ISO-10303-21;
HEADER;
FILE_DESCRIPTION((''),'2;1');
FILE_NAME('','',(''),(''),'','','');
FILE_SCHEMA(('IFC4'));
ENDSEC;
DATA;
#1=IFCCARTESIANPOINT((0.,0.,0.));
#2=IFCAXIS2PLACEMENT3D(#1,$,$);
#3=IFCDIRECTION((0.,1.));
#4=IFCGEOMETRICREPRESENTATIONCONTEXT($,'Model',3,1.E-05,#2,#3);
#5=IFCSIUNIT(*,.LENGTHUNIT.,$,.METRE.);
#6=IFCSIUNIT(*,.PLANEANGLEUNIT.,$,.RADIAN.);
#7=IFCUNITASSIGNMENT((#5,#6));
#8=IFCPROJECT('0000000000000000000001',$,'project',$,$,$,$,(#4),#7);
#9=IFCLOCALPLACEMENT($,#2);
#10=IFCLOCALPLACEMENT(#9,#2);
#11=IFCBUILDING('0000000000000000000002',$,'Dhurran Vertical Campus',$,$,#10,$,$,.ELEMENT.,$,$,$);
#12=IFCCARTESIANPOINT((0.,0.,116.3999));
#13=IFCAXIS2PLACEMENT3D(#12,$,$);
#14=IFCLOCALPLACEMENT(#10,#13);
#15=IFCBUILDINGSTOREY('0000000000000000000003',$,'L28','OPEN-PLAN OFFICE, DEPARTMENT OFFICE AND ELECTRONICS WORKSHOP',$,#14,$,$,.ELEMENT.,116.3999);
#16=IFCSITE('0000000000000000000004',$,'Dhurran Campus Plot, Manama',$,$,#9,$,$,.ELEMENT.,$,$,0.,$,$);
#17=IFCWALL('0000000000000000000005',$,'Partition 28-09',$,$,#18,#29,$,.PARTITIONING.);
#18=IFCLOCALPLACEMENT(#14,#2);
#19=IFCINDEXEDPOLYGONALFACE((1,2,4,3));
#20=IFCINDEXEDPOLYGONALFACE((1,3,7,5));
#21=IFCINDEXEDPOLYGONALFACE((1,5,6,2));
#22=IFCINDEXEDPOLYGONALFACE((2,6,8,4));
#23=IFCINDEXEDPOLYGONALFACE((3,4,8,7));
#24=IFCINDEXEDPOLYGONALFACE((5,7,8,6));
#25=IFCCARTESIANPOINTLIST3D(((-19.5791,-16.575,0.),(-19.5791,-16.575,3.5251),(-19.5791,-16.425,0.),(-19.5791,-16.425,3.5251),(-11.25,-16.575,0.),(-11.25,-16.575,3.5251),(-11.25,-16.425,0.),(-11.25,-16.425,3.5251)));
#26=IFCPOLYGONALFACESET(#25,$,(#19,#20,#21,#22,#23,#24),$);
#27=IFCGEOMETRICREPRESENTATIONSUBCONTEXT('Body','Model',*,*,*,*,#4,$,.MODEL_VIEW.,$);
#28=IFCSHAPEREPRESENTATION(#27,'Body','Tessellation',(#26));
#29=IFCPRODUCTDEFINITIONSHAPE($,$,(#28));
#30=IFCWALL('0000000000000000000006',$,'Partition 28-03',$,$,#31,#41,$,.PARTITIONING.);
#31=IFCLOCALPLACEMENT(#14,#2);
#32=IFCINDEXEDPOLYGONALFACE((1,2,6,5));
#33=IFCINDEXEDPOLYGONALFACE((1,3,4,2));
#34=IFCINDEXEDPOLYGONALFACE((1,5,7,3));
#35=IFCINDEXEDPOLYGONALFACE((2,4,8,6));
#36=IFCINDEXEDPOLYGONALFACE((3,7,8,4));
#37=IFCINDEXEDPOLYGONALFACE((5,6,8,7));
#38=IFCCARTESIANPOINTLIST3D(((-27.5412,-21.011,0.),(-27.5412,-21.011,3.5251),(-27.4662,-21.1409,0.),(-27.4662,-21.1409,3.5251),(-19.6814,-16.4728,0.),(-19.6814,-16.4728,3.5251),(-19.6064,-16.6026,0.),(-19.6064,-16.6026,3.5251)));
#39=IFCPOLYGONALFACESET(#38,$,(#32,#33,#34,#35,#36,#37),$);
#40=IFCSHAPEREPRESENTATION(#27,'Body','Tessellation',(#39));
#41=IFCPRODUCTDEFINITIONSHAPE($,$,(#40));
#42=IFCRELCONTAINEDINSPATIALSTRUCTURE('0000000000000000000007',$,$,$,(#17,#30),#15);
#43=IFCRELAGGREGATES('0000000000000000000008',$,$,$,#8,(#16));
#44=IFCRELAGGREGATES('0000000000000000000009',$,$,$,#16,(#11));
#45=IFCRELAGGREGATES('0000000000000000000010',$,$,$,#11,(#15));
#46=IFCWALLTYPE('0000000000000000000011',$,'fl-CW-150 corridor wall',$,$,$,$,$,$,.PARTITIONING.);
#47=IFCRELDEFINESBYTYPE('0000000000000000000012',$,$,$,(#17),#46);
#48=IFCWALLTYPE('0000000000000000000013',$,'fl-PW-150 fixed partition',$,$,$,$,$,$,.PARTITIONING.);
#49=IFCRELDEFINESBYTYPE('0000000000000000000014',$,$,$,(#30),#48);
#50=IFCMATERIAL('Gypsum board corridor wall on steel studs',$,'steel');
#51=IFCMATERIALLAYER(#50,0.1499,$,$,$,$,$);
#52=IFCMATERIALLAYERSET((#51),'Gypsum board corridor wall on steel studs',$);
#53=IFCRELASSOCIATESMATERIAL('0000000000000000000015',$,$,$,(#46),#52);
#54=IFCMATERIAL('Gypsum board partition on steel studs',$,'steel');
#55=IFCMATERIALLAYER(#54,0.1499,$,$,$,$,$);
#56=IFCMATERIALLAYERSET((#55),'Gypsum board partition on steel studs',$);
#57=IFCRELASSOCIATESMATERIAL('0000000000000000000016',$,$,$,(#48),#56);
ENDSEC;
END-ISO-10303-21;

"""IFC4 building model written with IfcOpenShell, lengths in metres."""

from ifc_helpers import new_model, si_unit, direction, frame, frame_2d, origin, place, context, subcontext, project, spatial, rectangle, extrude, material, layer, layer_set, type_object, element, save


model = new_model("IFC4")

# Units and contexts
model_context = context("Model", 3, precision=1e-05, world=origin(), true_north=direction((0.0, 1.0)))
body_context = subcontext(model_context, "Body", "Model", "MODEL_VIEW")
ifc_project = project(units=[si_unit("LENGTHUNIT", "METRE"), si_unit("PLANEANGLEUNIT", "RADIAN")], contexts=[model_context])

# Site, building, storey
site_placement = place(None, origin())
site = spatial("IfcSite", under=ifc_project, at=site_placement, Name="Dhurran Campus Plot, Manama", CompositionType="ELEMENT", RefElevation=0.0)
building_placement = place(site_placement, origin())
building = spatial("IfcBuilding", under=site, at=building_placement, Name="Dhurran Vertical Campus", CompositionType="ELEMENT")
storey_placement = place(building_placement, frame((0.0, 0.0, 116.3999)))
storey = spatial("IfcBuildingStorey", under=building, at=storey_placement, Name="L28", Description="OPEN-PLAN OFFICE, DEPARTMENT OFFICE AND ELECTRONICS WORKSHOP", CompositionType="ELEMENT", Elevation=116.3999)

# Walls
ifc_material_1 = material(Name="Gypsum board corridor wall on steel studs", Category="steel")
ifc_layer_1 = layer(ifc_material_1, 0.1499)
ifc_layer_set_1 = layer_set([ifc_layer_1], Name="Gypsum board corridor wall on steel studs")
wall_type_1 = type_object("IfcWallType", Name="fl-CW-150 corridor wall", PredefinedType="PARTITIONING", material=ifc_layer_set_1)
wall_1_placement = place(storey_placement, frame((-19.5791, -16.5, 0.0), z_axis=(0.0, 0.0, 1.0), x_axis=(1.0, 0.0, 0.0)))
element("IfcWall", 1, at=wall_1_placement, inside=storey, type_object=wall_type_1, Name="Partition 28-09", PredefinedType="PARTITIONING", context=body_context, shape_type="SweptSolid", body=[
    extrude(rectangle(XDim=8.3291, YDim=0.1499, at=frame_2d((4.1646, 0.0))), origin(), (0.0, 0.0, 1.0), 3.5251),
])
ifc_material_2 = material(Name="Gypsum board partition on steel studs", Category="steel")
ifc_layer_2 = layer(ifc_material_2, 0.1499)
ifc_layer_set_2 = layer_set([ifc_layer_2], Name="Gypsum board partition on steel studs")
wall_type_2 = type_object("IfcWallType", Name="fl-PW-150 fixed partition", PredefinedType="PARTITIONING", material=ifc_layer_set_2)
wall_2_placement = place(storey_placement, frame((-19.6438, -16.5376, 0.0), z_axis=(0.0, 0.0, 1.0), x_axis=(-0.866005, -0.500036, 0.0)))
element("IfcWall", 2, at=wall_2_placement, inside=storey, type_object=wall_type_2, Name="Partition 28-03", PredefinedType="PARTITIONING", context=body_context, shape_type="SweptSolid", body=[
    extrude(rectangle(XDim=9.0759, YDim=0.1499, at=frame_2d((4.5381, 0.0))), origin(), (0.0, 0.0, 1.0), 3.5251),
])

save(model, "model.ifc")
